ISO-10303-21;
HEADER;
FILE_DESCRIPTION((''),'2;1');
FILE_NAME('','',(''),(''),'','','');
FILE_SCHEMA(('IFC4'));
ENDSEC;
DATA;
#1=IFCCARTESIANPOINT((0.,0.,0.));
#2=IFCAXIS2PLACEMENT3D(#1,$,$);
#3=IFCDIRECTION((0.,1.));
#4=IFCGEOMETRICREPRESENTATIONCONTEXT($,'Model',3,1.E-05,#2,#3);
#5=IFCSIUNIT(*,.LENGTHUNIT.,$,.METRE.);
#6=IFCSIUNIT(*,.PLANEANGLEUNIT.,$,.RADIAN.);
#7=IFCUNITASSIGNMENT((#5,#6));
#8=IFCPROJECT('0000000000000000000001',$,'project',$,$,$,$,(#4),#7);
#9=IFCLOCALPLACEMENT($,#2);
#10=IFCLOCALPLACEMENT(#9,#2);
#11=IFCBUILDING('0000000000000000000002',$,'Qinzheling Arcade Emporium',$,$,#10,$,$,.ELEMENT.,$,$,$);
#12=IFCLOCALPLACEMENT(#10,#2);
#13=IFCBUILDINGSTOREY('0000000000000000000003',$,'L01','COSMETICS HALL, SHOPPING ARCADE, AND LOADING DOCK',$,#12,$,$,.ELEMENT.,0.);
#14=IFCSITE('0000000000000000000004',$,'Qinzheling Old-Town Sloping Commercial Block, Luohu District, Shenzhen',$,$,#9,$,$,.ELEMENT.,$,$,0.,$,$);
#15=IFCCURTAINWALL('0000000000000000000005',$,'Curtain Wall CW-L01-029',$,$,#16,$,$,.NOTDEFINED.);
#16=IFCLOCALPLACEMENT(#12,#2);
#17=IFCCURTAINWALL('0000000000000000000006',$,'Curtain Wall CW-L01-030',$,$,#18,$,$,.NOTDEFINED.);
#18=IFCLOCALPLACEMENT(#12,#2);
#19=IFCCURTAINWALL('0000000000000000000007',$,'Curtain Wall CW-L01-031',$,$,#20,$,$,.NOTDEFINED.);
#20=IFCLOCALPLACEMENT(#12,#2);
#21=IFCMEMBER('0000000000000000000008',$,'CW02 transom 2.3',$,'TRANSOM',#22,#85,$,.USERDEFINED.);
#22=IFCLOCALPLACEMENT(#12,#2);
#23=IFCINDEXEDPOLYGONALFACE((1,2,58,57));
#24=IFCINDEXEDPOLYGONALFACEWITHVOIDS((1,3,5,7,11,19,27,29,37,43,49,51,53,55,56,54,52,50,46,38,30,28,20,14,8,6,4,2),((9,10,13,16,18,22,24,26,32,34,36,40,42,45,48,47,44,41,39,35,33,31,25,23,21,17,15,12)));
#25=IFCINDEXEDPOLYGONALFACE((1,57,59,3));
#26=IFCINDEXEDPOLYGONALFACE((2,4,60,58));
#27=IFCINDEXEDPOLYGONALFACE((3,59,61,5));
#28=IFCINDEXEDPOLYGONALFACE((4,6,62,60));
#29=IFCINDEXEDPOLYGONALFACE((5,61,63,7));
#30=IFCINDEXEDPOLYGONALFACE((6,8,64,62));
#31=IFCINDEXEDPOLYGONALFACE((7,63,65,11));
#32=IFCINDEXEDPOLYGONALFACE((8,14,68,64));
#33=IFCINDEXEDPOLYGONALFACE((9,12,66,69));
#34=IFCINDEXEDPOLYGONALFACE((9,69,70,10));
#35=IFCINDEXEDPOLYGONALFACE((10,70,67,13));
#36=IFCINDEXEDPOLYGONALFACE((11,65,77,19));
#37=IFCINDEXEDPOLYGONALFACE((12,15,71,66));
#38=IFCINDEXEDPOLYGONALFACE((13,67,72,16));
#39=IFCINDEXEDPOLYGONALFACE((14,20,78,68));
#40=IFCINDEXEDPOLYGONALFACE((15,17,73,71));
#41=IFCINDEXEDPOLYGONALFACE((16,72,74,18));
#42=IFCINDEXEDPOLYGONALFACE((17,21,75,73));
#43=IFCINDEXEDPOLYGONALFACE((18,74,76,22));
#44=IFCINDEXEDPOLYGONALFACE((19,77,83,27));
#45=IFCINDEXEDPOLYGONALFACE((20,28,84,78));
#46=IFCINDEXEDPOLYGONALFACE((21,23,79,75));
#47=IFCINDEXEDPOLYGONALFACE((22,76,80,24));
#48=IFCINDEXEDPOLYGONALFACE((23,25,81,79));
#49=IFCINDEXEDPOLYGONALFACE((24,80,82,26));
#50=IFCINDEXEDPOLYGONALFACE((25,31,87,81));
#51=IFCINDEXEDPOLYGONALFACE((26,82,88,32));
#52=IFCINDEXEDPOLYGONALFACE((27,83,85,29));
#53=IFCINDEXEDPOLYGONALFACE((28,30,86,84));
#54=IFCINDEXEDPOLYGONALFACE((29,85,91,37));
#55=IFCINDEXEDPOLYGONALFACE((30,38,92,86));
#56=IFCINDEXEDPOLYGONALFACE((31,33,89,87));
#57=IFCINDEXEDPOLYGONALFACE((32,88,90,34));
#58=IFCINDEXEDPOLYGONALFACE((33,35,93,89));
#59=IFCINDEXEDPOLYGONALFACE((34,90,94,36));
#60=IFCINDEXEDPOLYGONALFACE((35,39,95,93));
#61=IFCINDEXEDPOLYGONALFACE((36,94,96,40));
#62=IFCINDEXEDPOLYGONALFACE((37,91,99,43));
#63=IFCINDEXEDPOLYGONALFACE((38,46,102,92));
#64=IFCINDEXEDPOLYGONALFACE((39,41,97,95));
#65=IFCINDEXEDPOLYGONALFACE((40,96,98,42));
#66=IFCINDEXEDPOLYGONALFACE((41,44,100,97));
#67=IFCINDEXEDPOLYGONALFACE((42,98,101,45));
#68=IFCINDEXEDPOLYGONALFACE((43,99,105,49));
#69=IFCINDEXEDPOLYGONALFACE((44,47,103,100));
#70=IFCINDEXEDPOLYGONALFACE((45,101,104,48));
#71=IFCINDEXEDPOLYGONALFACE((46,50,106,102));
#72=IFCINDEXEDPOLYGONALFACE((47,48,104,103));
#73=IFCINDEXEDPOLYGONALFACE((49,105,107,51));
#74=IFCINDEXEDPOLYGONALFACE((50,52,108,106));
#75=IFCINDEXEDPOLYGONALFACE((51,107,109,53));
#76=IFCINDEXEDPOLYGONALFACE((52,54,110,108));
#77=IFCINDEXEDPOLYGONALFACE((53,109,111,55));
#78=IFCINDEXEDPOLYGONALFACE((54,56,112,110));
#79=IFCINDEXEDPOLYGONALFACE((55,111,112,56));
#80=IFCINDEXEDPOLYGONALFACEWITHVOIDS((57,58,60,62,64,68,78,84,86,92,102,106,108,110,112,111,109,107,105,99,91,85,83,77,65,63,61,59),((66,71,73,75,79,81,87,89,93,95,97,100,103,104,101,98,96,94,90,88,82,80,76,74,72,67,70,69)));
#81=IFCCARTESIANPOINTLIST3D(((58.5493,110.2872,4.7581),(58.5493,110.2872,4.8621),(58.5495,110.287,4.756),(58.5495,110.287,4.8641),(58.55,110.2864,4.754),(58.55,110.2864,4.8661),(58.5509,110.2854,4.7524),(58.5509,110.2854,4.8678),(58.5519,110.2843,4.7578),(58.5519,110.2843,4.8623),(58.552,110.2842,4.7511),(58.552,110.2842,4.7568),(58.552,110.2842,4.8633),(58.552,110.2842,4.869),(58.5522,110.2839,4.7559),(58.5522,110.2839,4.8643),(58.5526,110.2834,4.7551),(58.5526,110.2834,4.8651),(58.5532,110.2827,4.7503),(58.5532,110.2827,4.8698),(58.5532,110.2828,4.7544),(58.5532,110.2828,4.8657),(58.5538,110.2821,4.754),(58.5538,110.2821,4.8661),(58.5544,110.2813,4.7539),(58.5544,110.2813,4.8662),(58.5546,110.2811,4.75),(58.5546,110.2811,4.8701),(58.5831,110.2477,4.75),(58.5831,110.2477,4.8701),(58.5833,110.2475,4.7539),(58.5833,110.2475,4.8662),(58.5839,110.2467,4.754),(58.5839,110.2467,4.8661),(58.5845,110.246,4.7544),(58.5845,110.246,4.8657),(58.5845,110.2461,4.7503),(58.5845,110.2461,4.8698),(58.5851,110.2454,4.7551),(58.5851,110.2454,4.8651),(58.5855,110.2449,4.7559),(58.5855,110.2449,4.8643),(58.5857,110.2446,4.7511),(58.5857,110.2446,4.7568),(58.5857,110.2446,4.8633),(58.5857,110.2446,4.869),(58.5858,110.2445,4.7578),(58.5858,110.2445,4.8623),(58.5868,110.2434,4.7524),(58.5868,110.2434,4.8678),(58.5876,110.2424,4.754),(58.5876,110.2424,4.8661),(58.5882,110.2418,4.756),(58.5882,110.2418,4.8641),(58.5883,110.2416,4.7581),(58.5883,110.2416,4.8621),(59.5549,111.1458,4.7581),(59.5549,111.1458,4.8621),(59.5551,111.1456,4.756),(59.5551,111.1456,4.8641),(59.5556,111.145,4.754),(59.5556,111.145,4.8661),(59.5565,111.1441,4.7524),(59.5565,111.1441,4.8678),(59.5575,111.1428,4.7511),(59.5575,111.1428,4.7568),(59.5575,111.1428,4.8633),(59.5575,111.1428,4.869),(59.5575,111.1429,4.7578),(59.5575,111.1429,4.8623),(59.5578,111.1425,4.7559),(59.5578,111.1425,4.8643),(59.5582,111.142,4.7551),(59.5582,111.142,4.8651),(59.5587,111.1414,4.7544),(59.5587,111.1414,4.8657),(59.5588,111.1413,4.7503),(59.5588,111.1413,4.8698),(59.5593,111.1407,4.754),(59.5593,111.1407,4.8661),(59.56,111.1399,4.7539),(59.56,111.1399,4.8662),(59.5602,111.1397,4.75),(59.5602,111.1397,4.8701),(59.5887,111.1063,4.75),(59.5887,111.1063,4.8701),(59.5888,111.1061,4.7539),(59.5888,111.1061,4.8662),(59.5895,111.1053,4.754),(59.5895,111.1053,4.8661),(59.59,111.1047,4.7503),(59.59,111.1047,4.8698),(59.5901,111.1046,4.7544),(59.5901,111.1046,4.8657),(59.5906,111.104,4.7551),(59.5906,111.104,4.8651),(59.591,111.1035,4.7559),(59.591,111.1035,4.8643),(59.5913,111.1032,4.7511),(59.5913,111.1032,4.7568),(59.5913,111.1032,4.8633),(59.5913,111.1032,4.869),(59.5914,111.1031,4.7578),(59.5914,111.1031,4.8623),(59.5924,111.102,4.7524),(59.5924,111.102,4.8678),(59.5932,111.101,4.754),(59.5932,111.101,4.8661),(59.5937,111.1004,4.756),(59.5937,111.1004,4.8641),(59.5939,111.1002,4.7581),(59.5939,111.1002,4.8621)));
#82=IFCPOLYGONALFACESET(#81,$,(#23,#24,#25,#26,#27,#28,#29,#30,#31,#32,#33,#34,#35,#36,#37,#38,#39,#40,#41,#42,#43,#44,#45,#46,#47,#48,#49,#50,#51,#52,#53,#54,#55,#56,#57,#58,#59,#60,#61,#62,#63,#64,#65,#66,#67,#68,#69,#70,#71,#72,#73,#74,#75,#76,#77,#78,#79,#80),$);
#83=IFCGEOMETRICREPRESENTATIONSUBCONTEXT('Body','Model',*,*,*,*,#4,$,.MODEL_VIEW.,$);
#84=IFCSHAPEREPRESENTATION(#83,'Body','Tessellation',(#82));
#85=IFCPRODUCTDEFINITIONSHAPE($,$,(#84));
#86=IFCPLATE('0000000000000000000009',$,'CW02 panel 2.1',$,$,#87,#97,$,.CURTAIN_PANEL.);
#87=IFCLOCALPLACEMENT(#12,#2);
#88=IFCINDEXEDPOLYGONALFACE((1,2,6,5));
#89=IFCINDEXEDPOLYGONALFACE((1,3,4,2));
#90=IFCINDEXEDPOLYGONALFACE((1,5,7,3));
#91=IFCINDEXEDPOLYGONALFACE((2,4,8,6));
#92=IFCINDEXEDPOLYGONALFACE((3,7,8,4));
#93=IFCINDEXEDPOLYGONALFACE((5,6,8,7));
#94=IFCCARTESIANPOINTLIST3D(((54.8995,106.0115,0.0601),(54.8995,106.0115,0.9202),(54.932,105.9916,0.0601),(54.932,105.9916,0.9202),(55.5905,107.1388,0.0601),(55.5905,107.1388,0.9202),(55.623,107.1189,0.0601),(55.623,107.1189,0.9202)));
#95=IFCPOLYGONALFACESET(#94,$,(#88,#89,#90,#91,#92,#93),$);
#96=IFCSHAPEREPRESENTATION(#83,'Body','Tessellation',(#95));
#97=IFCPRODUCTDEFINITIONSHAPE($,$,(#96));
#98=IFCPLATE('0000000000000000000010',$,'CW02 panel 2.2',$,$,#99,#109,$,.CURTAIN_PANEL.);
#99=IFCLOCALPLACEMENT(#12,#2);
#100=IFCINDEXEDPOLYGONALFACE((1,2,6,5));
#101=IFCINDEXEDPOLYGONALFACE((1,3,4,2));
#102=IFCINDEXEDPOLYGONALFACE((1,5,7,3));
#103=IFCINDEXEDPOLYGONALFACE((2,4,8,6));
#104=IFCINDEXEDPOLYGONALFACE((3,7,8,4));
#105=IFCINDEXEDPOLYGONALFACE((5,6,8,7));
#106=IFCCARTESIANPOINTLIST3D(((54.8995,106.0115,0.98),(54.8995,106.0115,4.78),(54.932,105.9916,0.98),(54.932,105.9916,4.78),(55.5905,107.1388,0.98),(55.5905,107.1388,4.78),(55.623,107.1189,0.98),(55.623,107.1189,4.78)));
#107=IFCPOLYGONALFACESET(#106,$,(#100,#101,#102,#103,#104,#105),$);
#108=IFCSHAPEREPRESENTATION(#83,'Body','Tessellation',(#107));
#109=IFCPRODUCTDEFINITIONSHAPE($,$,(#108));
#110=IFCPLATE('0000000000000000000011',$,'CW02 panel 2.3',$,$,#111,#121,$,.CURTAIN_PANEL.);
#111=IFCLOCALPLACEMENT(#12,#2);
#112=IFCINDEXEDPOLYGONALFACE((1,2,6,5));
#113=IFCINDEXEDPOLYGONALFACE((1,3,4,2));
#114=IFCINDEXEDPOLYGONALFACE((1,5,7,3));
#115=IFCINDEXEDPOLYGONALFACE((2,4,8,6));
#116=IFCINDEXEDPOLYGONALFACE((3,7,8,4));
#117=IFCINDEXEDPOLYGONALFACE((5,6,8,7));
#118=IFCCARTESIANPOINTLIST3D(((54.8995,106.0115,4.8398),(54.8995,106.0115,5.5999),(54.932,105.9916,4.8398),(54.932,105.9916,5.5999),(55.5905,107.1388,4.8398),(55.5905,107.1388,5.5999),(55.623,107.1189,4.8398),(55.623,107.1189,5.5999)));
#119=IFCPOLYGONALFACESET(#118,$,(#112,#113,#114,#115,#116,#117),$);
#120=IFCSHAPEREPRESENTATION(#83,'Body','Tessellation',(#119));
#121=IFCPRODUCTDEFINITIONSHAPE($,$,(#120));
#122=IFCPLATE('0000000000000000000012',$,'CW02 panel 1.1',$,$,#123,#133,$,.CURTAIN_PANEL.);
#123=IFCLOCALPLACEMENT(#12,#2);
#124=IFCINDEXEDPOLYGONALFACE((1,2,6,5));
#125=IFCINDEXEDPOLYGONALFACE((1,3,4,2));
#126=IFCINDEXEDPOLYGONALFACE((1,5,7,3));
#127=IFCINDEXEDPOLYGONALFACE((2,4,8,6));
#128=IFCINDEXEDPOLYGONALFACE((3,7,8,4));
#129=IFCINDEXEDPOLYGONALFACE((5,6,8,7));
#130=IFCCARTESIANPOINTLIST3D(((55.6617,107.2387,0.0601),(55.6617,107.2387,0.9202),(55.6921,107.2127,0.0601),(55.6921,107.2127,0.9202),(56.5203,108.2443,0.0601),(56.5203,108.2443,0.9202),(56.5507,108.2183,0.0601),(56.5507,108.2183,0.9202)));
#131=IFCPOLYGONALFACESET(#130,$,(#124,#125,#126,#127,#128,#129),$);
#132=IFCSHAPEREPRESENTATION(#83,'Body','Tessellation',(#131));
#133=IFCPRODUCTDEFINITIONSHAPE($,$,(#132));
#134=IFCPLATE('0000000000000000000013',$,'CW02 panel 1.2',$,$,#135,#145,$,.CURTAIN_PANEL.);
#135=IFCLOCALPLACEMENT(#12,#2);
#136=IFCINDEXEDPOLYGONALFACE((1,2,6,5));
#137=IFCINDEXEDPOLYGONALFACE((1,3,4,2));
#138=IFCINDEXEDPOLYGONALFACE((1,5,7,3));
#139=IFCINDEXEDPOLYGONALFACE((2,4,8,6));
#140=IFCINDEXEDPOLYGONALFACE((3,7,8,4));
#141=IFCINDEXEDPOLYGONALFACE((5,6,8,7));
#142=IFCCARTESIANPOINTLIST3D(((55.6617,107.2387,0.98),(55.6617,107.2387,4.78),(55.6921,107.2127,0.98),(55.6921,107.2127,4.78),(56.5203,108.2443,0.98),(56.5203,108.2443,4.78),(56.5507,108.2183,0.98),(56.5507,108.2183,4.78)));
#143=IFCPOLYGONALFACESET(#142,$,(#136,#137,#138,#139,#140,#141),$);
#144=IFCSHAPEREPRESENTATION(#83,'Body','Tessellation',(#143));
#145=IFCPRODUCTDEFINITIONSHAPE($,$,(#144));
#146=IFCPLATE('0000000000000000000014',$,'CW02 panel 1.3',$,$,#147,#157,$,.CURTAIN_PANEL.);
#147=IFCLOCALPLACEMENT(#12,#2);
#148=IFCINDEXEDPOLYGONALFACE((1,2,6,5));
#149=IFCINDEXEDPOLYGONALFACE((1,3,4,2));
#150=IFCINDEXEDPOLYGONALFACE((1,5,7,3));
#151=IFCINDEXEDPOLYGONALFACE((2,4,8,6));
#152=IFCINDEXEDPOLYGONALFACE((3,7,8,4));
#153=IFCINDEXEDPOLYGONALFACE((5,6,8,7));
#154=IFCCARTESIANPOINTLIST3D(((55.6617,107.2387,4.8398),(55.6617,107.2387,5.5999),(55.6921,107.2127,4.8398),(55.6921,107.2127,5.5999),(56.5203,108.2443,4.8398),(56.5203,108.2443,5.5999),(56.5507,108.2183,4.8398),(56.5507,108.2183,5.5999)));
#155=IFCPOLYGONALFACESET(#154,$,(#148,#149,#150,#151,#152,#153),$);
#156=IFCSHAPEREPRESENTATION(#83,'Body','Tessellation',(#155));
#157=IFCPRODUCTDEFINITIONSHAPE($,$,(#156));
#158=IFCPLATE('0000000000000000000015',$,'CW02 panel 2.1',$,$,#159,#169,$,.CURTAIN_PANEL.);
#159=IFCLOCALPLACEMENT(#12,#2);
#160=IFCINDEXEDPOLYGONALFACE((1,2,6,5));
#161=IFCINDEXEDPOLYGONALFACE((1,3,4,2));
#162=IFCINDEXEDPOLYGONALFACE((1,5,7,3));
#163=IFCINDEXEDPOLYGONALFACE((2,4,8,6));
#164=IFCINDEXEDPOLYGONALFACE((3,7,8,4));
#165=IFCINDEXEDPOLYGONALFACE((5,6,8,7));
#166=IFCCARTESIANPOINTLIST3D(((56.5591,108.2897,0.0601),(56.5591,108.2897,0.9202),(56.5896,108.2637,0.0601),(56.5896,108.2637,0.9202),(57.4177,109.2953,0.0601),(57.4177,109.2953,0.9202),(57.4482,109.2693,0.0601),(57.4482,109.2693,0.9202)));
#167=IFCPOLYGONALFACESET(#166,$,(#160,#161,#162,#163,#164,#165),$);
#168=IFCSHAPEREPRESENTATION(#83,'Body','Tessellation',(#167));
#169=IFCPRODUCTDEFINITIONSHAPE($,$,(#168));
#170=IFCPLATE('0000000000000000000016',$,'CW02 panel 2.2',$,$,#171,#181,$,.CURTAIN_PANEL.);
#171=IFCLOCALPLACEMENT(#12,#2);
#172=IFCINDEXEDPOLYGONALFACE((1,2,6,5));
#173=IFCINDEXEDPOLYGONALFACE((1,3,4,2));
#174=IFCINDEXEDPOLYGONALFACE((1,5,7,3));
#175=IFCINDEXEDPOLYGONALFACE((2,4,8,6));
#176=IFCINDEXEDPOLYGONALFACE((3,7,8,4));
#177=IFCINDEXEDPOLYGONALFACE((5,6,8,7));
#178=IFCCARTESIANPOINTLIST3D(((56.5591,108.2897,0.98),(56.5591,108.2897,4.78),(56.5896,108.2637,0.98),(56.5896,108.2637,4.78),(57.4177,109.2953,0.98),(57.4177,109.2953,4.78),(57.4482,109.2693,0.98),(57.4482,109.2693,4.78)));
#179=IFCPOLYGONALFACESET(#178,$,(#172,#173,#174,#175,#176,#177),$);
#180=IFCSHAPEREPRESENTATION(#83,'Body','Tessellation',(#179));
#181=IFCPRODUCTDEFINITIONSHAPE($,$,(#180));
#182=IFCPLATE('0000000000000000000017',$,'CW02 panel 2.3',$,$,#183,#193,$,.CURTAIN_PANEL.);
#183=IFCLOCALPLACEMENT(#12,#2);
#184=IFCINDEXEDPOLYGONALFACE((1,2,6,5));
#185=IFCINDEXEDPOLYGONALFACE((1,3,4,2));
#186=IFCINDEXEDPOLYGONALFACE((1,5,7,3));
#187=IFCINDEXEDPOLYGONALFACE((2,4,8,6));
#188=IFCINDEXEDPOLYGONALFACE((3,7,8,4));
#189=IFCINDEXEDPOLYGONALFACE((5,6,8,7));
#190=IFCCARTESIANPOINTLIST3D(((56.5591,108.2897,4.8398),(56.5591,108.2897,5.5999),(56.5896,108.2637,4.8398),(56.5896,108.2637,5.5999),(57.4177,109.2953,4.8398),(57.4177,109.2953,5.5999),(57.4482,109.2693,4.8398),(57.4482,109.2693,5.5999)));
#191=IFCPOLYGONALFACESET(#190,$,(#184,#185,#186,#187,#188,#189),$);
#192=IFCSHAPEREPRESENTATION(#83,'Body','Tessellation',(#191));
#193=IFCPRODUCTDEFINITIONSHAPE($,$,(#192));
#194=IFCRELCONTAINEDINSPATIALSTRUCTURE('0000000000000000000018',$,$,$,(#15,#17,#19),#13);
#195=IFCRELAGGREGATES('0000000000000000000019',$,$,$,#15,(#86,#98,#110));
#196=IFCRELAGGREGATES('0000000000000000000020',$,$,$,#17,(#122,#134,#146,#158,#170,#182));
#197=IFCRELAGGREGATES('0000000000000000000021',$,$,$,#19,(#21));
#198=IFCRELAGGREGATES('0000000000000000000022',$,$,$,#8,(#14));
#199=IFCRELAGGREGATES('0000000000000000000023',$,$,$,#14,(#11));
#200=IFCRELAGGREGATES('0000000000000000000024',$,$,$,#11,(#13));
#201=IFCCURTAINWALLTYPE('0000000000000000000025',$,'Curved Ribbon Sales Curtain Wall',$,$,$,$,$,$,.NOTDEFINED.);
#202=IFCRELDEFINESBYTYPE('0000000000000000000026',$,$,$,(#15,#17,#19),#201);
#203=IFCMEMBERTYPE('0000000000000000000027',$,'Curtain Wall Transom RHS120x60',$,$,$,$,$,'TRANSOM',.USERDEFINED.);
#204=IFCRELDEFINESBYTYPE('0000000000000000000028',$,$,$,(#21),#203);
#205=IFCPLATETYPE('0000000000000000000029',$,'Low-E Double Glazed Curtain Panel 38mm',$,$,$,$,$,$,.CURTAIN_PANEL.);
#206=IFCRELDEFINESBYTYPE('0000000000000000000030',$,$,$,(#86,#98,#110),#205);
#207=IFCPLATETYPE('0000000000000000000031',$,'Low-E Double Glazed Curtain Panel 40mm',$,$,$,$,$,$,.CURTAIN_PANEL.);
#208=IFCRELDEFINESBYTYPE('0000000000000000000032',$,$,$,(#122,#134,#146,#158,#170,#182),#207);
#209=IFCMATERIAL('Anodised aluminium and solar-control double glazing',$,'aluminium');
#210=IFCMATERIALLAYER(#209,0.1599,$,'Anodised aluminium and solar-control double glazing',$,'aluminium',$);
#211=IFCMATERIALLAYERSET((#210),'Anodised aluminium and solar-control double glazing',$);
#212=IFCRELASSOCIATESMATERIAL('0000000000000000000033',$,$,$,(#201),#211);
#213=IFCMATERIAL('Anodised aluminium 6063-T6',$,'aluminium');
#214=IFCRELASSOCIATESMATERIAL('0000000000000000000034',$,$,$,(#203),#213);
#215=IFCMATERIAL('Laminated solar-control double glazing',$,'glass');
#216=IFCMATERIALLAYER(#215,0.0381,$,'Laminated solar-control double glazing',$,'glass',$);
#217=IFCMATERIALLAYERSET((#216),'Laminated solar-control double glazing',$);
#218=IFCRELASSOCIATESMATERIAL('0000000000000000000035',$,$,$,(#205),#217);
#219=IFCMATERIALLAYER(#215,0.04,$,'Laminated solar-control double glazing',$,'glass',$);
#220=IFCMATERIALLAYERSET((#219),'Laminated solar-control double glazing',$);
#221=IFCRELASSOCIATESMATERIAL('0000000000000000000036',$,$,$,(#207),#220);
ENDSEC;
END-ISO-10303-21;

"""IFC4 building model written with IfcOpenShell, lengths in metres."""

from ifc_helpers import new_model, si_unit, direction, frame, origin, origin_2d, place, context, subcontext, project, spatial, rectangle, hollow_rectangle, extrude, material, layer, layer_set, material_profile, profile_set, type_object, element, aggregate, save


model = new_model("IFC4")

# Units and contexts
model_context = context("Model", 3, precision=1e-05, world=origin(), true_north=direction((0.0, 1.0)))
body_context = subcontext(model_context, "Body", "Model", "MODEL_VIEW")
ifc_project = project(units=[si_unit("LENGTHUNIT", "METRE"), si_unit("PLANEANGLEUNIT", "RADIAN")], contexts=[model_context])

# Site, building, storey
site_placement = place(None, origin())
site = spatial("IfcSite", under=ifc_project, at=site_placement, Name="Qinzheling Old-Town Sloping Commercial Block, Luohu District, Shenzhen", CompositionType="ELEMENT", RefElevation=0.0)
building_placement = place(site_placement, origin())
building = spatial("IfcBuilding", under=site, at=building_placement, Name="Qinzheling Arcade Emporium", CompositionType="ELEMENT")
storey_placement = place(building_placement, origin())
storey = spatial("IfcBuildingStorey", under=building, at=storey_placement, Name="L01", Description="COSMETICS HALL, SHOPPING ARCADE, AND LOADING DOCK", CompositionType="ELEMENT", Elevation=0.0)

# Curtain wall
ifc_material_1 = material(Name="Anodised aluminium and solar-control double glazing", Category="aluminium")
ifc_layer_1 = layer(ifc_material_1, 0.1599, Name="Anodised aluminium and solar-control double glazing", Category="aluminium")
ifc_layer_set_1 = layer_set([ifc_layer_1], Name="Anodised aluminium and solar-control double glazing")
curtain_wall_type = type_object("IfcCurtainWallType", Name="Curved Ribbon Sales Curtain Wall", PredefinedType="NOTDEFINED", material=ifc_layer_set_1)
curtain_wall_1_placement = place(storey_placement, origin())
curtain_wall_1 = element("IfcCurtainWall", 1, at=curtain_wall_1_placement, inside=storey, type_object=curtain_wall_type, Name="Curtain Wall CW-L01-029", PredefinedType="NOTDEFINED")
ifc_material_2 = material(Name="Anodised aluminium 6063-T6", Category="aluminium")

# Curtain walls
curtain_wall_2_placement = place(storey_placement, origin())
curtain_wall_2 = element("IfcCurtainWall", 2, at=curtain_wall_2_placement, inside=storey, type_object=curtain_wall_type, Name="Curtain Wall CW-L01-030", PredefinedType="NOTDEFINED")
curtain_wall_3_placement = place(storey_placement, origin())
curtain_wall_3 = element("IfcCurtainWall", 3, at=curtain_wall_3_placement, inside=storey, type_object=curtain_wall_type, Name="Curtain Wall CW-L01-031", PredefinedType="NOTDEFINED")

# Member
ifc_material_profile_1 = material_profile(ifc_material_2, hollow_rectangle(XDim=0.0601, YDim=0.1201, WallThickness=0.0039, InnerFilletRadius=0.0039, OuterFilletRadius=0.0081, at=origin_2d()), Name="RHS 120x60x4", Category="aluminium")
ifc_profile_set_1 = profile_set([ifc_material_profile_1], Name="Anodised aluminium 6063-T6")
member_type_1 = type_object("IfcMemberType", Name="Curtain Wall Transom RHS120x60", ElementType="TRANSOM", PredefinedType="USERDEFINED", material=ifc_profile_set_1)
member_1_placement = place(storey_placement, frame((58.5688, 110.2644, 4.8101), z_axis=(0.760493, 0.649346, 0.0), x_axis=(-0.649346, 0.760493, 0.0)))
member_1 = element("IfcMember", 4, at=member_1_placement, type_object=member_type_1, Name="CW02 transom 2.3", ObjectType="TRANSOM", PredefinedType="USERDEFINED", context=body_context, shape_type="SweptSolid", body=[
    extrude(hollow_rectangle(XDim=0.0601, YDim=0.1201, WallThickness=0.0039, InnerFilletRadius=0.0039, OuterFilletRadius=0.0081, at=origin_2d()), origin(), (0.0, 0.0, 1.0), 1.3223),
])

# Plates
ifc_material_3 = material(Name="Laminated solar-control double glazing", Category="glass")
ifc_layer_2 = layer(ifc_material_3, 0.0381, Name="Laminated solar-control double glazing", Category="glass")
ifc_layer_set_2 = layer_set([ifc_layer_2], Name="Laminated solar-control double glazing")
plate_type_1 = type_object("IfcPlateType", Name="Low-E Double Glazed Curtain Panel 38mm", PredefinedType="CURTAIN_PANEL", material=ifc_layer_set_2)
plate_1_placement = place(storey_placement, frame((55.2612, 106.5652, 0.0601), z_axis=(0.0, 0.0, 1.0), x_axis=(0.522595, 0.852581, 0.0)))
plate_1 = element("IfcPlate", 5, at=plate_1_placement, type_object=plate_type_1, Name="CW02 panel 2.1", PredefinedType="CURTAIN_PANEL", context=body_context, shape_type="SweptSolid", body=[
    extrude(rectangle(XDim=1.3223, YDim=0.0381, at=origin_2d()), origin(), (0.0, 0.0, 1.0), 0.8601),
])
plate_2_placement = place(storey_placement, frame((55.2612, 106.5652, 0.98), z_axis=(0.0, 0.0, 1.0), x_axis=(0.522595, 0.852581, 0.0)))
plate_2 = element("IfcPlate", 6, at=plate_2_placement, type_object=plate_type_1, Name="CW02 panel 2.2", PredefinedType="CURTAIN_PANEL", context=body_context, shape_type="SweptSolid", body=[
    extrude(rectangle(XDim=1.3223, YDim=0.0381, at=origin_2d()), origin(), (0.0, 0.0, 1.0), 3.8),
])
plate_3_placement = place(storey_placement, frame((55.2612, 106.5652, 4.8398), z_axis=(0.0, 0.0, 1.0), x_axis=(0.522595, 0.852581, 0.0)))
plate_3 = element("IfcPlate", 7, at=plate_3_placement, type_object=plate_type_1, Name="CW02 panel 2.3", PredefinedType="CURTAIN_PANEL", context=body_context, shape_type="SweptSolid", body=[
    extrude(rectangle(XDim=1.3223, YDim=0.0381, at=origin_2d()), origin(), (0.0, 0.0, 1.0), 0.76),
])
aggregate(curtain_wall_1, [plate_1, plate_2, plate_3])
ifc_layer_3 = layer(ifc_material_3, 0.04, Name="Laminated solar-control double glazing", Category="glass")
ifc_layer_set_3 = layer_set([ifc_layer_3], Name="Laminated solar-control double glazing")
plate_type_2 = type_object("IfcPlateType", Name="Low-E Double Glazed Curtain Panel 40mm", PredefinedType="CURTAIN_PANEL", material=ifc_layer_set_3)
plate_4_placement = place(storey_placement, frame((56.1062, 107.7285, 0.0601), z_axis=(0.0, 0.0, 1.0), x_axis=(0.649332, 0.760505, 0.0)))
plate_4 = element("IfcPlate", 8, at=plate_4_placement, type_object=plate_type_2, Name="CW02 panel 1.1", PredefinedType="CURTAIN_PANEL", context=body_context, shape_type="SweptSolid", body=[
    extrude(rectangle(XDim=1.3223, YDim=0.04, at=origin_2d()), origin(), (0.0, 0.0, 1.0), 0.8601),
])
plate_5_placement = place(storey_placement, frame((56.1062, 107.7285, 0.98), z_axis=(0.0, 0.0, 1.0), x_axis=(0.649332, 0.760505, 0.0)))
plate_5 = element("IfcPlate", 9, at=plate_5_placement, type_object=plate_type_2, Name="CW02 panel 1.2", PredefinedType="CURTAIN_PANEL", context=body_context, shape_type="SweptSolid", body=[
    extrude(rectangle(XDim=1.3223, YDim=0.04, at=origin_2d()), origin(), (0.0, 0.0, 1.0), 3.8),
])
plate_6_placement = place(storey_placement, frame((56.1062, 107.7285, 4.8398), z_axis=(0.0, 0.0, 1.0), x_axis=(0.649332, 0.760505, 0.0)))
plate_6 = element("IfcPlate", 10, at=plate_6_placement, type_object=plate_type_2, Name="CW02 panel 1.3", PredefinedType="CURTAIN_PANEL", context=body_context, shape_type="SweptSolid", body=[
    extrude(rectangle(XDim=1.3223, YDim=0.04, at=origin_2d()), origin(), (0.0, 0.0, 1.0), 0.76),
])
plate_7_placement = place(storey_placement, frame((57.0037, 108.7795, 0.0601), z_axis=(0.0, 0.0, 1.0), x_axis=(0.649332, 0.760505, 0.0)))
plate_7 = element("IfcPlate", 11, at=plate_7_placement, type_object=plate_type_2, Name="CW02 panel 2.1", PredefinedType="CURTAIN_PANEL", context=body_context, shape_type="SweptSolid", body=[
    extrude(rectangle(XDim=1.3223, YDim=0.04, at=origin_2d()), origin(), (0.0, 0.0, 1.0), 0.8601),
])
plate_8_placement = place(storey_placement, frame((57.0037, 108.7795, 0.98), z_axis=(0.0, 0.0, 1.0), x_axis=(0.649332, 0.760505, 0.0)))
plate_8 = element("IfcPlate", 12, at=plate_8_placement, type_object=plate_type_2, Name="CW02 panel 2.2", PredefinedType="CURTAIN_PANEL", context=body_context, shape_type="SweptSolid", body=[
    extrude(rectangle(XDim=1.3223, YDim=0.04, at=origin_2d()), origin(), (0.0, 0.0, 1.0), 3.8),
])
plate_9_placement = place(storey_placement, frame((57.0037, 108.7795, 4.8398), z_axis=(0.0, 0.0, 1.0), x_axis=(0.649332, 0.760505, 0.0)))
plate_9 = element("IfcPlate", 13, at=plate_9_placement, type_object=plate_type_2, Name="CW02 panel 2.3", PredefinedType="CURTAIN_PANEL", context=body_context, shape_type="SweptSolid", body=[
    extrude(rectangle(XDim=1.3223, YDim=0.04, at=origin_2d()), origin(), (0.0, 0.0, 1.0), 0.76),
])
aggregate(curtain_wall_2, [plate_4, plate_5, plate_6, plate_7, plate_8, plate_9])
aggregate(curtain_wall_3, [member_1])

save(model, "model.ifc")
